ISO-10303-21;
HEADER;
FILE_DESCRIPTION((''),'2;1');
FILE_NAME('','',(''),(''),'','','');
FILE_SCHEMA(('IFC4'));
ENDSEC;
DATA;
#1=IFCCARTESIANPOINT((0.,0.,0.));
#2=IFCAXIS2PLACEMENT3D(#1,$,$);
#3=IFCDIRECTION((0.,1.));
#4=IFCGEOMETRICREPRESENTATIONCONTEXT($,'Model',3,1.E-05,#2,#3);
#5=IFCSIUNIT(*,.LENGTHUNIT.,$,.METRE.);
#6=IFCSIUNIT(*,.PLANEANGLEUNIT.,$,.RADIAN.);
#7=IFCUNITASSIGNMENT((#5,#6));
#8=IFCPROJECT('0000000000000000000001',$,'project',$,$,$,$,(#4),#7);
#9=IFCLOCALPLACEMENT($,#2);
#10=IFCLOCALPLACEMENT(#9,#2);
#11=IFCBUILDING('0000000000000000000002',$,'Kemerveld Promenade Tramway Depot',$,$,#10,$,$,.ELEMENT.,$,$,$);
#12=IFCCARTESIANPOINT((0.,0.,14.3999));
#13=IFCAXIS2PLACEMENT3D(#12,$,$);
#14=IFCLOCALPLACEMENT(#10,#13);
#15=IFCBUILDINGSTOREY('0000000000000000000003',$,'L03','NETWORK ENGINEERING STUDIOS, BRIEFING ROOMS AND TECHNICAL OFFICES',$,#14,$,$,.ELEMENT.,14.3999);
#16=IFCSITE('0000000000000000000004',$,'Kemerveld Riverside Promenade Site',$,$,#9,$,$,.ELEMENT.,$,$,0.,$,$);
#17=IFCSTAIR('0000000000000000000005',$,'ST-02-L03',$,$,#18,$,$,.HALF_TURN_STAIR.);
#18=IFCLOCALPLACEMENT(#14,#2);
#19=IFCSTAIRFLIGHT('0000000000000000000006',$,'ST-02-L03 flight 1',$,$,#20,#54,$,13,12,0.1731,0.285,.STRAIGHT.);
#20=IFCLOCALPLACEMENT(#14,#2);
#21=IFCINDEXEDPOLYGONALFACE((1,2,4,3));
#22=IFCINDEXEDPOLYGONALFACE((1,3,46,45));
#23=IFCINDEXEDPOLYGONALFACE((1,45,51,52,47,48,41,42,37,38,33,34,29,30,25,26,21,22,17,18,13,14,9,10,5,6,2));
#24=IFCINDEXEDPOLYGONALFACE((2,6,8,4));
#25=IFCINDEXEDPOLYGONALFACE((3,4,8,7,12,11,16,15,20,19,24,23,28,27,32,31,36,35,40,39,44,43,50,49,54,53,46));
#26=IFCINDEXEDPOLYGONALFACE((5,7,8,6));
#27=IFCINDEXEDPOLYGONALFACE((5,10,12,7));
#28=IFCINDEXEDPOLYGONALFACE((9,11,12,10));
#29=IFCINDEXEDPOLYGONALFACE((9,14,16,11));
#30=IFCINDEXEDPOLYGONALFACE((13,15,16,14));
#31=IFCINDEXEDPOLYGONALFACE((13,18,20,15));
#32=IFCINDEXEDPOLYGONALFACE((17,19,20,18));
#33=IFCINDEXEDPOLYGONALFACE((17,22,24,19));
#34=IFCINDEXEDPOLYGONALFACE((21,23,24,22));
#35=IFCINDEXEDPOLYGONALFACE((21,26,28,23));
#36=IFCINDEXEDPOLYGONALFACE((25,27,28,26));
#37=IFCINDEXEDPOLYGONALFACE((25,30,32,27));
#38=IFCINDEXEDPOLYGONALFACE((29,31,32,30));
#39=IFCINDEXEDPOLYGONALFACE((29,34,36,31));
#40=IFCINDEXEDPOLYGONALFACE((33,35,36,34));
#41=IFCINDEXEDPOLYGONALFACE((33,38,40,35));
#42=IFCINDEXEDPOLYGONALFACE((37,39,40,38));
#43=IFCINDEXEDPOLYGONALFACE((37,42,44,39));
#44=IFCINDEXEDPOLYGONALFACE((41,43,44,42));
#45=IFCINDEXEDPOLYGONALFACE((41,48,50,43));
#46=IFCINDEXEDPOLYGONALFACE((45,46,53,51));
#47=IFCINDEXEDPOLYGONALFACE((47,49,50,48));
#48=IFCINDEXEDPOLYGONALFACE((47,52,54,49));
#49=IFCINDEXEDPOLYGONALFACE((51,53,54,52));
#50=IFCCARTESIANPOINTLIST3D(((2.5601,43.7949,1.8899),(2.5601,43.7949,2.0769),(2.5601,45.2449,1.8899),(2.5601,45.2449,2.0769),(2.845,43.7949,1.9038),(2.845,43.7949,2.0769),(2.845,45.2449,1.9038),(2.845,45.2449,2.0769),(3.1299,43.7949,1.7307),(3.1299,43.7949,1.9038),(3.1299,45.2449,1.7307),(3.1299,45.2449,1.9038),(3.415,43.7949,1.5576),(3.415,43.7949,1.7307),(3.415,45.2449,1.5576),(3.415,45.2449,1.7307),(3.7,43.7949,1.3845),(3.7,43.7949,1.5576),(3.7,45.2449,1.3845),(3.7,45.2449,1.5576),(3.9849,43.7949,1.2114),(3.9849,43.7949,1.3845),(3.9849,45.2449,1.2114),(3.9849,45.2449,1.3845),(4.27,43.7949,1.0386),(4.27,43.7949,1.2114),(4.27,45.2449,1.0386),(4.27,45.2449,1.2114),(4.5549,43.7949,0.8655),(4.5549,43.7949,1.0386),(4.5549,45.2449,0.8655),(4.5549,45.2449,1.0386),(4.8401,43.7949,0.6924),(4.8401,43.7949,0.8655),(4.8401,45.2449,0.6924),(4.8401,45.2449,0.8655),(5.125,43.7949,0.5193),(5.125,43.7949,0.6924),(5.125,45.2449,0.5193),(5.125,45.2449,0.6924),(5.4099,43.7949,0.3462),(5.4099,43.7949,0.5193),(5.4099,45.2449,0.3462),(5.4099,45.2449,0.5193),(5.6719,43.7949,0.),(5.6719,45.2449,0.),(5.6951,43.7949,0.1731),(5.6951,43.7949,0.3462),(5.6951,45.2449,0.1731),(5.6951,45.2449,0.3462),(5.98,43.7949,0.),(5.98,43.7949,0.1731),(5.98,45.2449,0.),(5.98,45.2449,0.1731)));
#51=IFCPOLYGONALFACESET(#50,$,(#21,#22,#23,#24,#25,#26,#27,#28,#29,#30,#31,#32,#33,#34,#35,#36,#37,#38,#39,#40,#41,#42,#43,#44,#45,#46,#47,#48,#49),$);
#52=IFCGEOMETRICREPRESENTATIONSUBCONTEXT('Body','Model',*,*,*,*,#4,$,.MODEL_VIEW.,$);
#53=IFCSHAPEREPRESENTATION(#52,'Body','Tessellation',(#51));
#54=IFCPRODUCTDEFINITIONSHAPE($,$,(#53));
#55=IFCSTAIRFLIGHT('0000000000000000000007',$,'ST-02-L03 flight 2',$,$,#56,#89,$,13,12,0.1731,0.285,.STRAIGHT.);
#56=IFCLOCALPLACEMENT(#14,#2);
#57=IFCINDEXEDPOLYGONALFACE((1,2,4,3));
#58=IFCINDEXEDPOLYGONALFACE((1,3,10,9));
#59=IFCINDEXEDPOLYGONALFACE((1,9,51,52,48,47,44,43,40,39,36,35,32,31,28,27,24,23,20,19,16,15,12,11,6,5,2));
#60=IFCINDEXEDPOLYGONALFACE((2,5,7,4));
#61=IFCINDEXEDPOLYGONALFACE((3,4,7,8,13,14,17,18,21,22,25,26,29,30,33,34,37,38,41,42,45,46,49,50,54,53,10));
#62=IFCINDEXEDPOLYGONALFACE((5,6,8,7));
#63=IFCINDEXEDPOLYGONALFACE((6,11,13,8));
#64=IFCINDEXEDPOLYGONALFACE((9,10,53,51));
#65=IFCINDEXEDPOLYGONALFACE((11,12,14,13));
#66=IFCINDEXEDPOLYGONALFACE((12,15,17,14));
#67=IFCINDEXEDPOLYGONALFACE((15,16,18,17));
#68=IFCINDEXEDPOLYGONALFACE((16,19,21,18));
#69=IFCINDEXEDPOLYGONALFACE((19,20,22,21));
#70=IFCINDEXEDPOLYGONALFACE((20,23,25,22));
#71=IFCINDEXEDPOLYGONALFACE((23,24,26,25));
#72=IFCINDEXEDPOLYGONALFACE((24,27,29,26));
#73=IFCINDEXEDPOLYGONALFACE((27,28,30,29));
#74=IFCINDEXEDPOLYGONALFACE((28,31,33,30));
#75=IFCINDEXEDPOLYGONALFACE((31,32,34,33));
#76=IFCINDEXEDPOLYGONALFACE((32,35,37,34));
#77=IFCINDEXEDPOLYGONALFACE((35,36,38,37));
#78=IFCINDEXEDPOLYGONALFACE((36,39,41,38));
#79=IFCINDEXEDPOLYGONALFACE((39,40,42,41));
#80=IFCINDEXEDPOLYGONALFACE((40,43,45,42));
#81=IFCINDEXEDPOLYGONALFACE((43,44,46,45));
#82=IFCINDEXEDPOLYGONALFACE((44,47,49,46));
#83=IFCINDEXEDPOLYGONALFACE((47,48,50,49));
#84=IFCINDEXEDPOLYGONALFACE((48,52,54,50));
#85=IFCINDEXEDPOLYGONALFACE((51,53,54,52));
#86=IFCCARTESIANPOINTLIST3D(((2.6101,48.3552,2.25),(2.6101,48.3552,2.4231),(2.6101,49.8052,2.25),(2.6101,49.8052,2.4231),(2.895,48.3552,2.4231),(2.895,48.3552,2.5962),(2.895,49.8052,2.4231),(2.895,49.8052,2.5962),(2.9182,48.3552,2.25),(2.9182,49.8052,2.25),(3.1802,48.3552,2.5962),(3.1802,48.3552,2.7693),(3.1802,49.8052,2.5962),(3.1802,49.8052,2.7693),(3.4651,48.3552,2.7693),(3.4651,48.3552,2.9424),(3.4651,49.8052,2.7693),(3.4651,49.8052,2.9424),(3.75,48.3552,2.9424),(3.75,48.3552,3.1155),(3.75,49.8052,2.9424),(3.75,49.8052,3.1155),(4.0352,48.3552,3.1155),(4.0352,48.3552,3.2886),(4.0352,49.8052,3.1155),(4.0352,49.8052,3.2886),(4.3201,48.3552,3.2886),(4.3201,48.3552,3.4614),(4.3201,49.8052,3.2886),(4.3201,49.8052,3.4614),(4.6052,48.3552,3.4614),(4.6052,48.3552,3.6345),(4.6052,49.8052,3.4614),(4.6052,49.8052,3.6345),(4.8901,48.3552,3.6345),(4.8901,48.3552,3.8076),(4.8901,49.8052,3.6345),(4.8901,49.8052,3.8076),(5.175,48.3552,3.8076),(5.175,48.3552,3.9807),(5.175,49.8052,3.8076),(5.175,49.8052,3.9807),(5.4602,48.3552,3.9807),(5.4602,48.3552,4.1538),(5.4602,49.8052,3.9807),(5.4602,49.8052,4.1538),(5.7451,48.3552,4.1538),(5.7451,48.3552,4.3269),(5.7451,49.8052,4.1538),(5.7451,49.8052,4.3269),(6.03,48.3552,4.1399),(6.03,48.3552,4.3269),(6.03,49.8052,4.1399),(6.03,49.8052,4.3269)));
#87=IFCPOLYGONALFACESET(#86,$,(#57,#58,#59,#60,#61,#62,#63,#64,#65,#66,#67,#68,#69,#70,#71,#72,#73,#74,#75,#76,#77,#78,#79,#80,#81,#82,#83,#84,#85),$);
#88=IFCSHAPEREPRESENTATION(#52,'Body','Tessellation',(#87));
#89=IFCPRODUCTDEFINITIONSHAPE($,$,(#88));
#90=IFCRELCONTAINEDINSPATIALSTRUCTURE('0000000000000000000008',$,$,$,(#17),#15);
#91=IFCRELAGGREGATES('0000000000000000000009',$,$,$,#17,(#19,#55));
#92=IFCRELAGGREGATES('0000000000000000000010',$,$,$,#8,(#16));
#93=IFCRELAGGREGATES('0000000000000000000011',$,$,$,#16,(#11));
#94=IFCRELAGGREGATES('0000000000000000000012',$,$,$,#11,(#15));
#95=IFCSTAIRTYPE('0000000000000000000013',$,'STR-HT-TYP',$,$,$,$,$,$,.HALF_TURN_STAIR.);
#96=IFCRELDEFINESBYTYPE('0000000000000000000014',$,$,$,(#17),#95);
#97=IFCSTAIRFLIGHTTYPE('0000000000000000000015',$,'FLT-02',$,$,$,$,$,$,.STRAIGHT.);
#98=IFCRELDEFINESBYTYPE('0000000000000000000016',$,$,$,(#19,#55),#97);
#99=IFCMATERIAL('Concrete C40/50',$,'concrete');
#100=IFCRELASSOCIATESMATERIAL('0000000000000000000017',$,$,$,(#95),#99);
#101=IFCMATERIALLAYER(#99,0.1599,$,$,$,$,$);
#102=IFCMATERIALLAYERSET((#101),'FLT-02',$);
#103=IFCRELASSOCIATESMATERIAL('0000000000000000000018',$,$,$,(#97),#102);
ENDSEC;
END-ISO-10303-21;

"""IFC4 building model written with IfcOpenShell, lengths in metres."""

from ifc_helpers import new_model, si_unit, direction, frame, origin, place, context, subcontext, project, spatial, polyline, outline, extrude, material, layer, layer_set, type_object, element, aggregate, save


model = new_model("IFC4")

# Units and contexts
model_context = context("Model", 3, precision=1e-05, world=origin(), true_north=direction((0.0, 1.0)))
body_context = subcontext(model_context, "Body", "Model", "MODEL_VIEW")
ifc_project = project(units=[si_unit("LENGTHUNIT", "METRE"), si_unit("PLANEANGLEUNIT", "RADIAN")], contexts=[model_context])

# Site, building, storey
site_placement = place(None, origin())
site = spatial("IfcSite", under=ifc_project, at=site_placement, Name="Kemerveld Riverside Promenade Site", CompositionType="ELEMENT", RefElevation=0.0)
building_placement = place(site_placement, origin())
building = spatial("IfcBuilding", under=site, at=building_placement, Name="Kemerveld Promenade Tramway Depot", CompositionType="ELEMENT")
storey_placement = place(building_placement, frame((0.0, 0.0, 14.3999)))
storey = spatial("IfcBuildingStorey", under=building, at=storey_placement, Name="L03", Description="NETWORK ENGINEERING STUDIOS, BRIEFING ROOMS AND TECHNICAL OFFICES", CompositionType="ELEMENT", Elevation=14.3999)

# Shared definitions
ifc_material_1 = material(Name="Concrete C40/50", Category="concrete")

# Stair, stair flights
stair_type = type_object("IfcStairType", Name="STR-HT-TYP", PredefinedType="HALF_TURN_STAIR", material=ifc_material_1)
stair_placement = place(storey_placement, origin())
stair = element("IfcStair", 1, at=stair_placement, inside=storey, type_object=stair_type, Name="ST-02-L03", PredefinedType="HALF_TURN_STAIR")
ifc_layer_1 = layer(ifc_material_1, 0.1599)
ifc_layer_set_1 = layer_set([ifc_layer_1], Name="FLT-02")
stair_flight_type = type_object("IfcStairFlightType", Name="FLT-02", PredefinedType="STRAIGHT", material=ifc_layer_set_1)
stair_flight_1_placement = place(storey_placement, frame((5.98, 44.52, 0.0), z_axis=(0.0, 0.0, 1.0), x_axis=(-1.0, 0.0, 0.0)))
stair_flight_1 = element("IfcStairFlight", 2, at=stair_flight_1_placement, type_object=stair_flight_type, Name="ST-02-L03 flight 1", NumberOfRisers=13, NumberOfTreads=12, PredefinedType="STRAIGHT", RiserHeight=0.1731, TreadLength=0.285, context=body_context, shape_type="SweptSolid", body=[
    extrude(outline(polyline([(0.0, 0.0), (0.0, 0.1731), (0.2849, 0.1731), (0.2849, 0.3462), (0.5701, 0.3462), (0.5701, 0.5193), (0.855, 0.5193), (0.855, 0.6924), (1.1399, 0.6924), (1.1399, 0.8655), (1.425, 0.8655), (1.425, 1.0386), (1.71, 1.0386), (1.71, 1.2114), (1.9951, 1.2114), (1.9951, 1.3845), (2.28, 1.3845), (2.28, 1.5576), (2.5649, 1.5576), (2.5649, 1.7307), (2.8501, 1.7307), (2.8501, 1.9038), (3.135, 1.9038), (3.135, 2.0769), (3.4199, 2.0769), (3.4199, 2.25), (3.4199, 1.8899), (0.3081, 0.0), (0.0, 0.0)])), frame((0.0, 0.7251, 0.0), z_axis=(0.0, -1.0, 0.0), x_axis=(1.0, 0.0, 0.0)), (0.0, 0.0, 1.0), 1.45),
])
stair_flight_2_placement = place(storey_placement, frame((2.6101, 49.0801, 2.25), z_axis=(0.0, 0.0, 1.0), x_axis=(1.0, 0.0, 0.0)))
stair_flight_2 = element("IfcStairFlight", 3, at=stair_flight_2_placement, type_object=stair_flight_type, Name="ST-02-L03 flight 2", NumberOfRisers=13, NumberOfTreads=12, PredefinedType="STRAIGHT", RiserHeight=0.1731, TreadLength=0.285, context=body_context, shape_type="SweptSolid", body=[
    extrude(outline(polyline([(0.0, 0.0), (0.0, 0.1731), (0.2849, 0.1731), (0.2849, 0.3462), (0.5701, 0.3462), (0.5701, 0.5193), (0.855, 0.5193), (0.855, 0.6924), (1.1399, 0.6924), (1.1399, 0.8655), (1.425, 0.8655), (1.425, 1.0386), (1.71, 1.0386), (1.71, 1.2114), (1.9951, 1.2114), (1.9951, 1.3845), (2.28, 1.3845), (2.28, 1.5576), (2.5649, 1.5576), (2.5649, 1.7307), (2.8501, 1.7307), (2.8501, 1.9038), (3.135, 1.9038), (3.135, 2.0769), (3.4199, 2.0769), (3.4199, 2.25), (3.4199, 1.8899), (0.3081, 0.0), (0.0, 0.0)])), frame((0.0, 0.7251, 0.0), z_axis=(0.0, -1.0, 0.0), x_axis=(1.0, 0.0, 0.0)), (0.0, 0.0, 1.0), 1.45),
])
aggregate(stair, [stair_flight_1, stair_flight_2])

save(model, "model.ifc")
